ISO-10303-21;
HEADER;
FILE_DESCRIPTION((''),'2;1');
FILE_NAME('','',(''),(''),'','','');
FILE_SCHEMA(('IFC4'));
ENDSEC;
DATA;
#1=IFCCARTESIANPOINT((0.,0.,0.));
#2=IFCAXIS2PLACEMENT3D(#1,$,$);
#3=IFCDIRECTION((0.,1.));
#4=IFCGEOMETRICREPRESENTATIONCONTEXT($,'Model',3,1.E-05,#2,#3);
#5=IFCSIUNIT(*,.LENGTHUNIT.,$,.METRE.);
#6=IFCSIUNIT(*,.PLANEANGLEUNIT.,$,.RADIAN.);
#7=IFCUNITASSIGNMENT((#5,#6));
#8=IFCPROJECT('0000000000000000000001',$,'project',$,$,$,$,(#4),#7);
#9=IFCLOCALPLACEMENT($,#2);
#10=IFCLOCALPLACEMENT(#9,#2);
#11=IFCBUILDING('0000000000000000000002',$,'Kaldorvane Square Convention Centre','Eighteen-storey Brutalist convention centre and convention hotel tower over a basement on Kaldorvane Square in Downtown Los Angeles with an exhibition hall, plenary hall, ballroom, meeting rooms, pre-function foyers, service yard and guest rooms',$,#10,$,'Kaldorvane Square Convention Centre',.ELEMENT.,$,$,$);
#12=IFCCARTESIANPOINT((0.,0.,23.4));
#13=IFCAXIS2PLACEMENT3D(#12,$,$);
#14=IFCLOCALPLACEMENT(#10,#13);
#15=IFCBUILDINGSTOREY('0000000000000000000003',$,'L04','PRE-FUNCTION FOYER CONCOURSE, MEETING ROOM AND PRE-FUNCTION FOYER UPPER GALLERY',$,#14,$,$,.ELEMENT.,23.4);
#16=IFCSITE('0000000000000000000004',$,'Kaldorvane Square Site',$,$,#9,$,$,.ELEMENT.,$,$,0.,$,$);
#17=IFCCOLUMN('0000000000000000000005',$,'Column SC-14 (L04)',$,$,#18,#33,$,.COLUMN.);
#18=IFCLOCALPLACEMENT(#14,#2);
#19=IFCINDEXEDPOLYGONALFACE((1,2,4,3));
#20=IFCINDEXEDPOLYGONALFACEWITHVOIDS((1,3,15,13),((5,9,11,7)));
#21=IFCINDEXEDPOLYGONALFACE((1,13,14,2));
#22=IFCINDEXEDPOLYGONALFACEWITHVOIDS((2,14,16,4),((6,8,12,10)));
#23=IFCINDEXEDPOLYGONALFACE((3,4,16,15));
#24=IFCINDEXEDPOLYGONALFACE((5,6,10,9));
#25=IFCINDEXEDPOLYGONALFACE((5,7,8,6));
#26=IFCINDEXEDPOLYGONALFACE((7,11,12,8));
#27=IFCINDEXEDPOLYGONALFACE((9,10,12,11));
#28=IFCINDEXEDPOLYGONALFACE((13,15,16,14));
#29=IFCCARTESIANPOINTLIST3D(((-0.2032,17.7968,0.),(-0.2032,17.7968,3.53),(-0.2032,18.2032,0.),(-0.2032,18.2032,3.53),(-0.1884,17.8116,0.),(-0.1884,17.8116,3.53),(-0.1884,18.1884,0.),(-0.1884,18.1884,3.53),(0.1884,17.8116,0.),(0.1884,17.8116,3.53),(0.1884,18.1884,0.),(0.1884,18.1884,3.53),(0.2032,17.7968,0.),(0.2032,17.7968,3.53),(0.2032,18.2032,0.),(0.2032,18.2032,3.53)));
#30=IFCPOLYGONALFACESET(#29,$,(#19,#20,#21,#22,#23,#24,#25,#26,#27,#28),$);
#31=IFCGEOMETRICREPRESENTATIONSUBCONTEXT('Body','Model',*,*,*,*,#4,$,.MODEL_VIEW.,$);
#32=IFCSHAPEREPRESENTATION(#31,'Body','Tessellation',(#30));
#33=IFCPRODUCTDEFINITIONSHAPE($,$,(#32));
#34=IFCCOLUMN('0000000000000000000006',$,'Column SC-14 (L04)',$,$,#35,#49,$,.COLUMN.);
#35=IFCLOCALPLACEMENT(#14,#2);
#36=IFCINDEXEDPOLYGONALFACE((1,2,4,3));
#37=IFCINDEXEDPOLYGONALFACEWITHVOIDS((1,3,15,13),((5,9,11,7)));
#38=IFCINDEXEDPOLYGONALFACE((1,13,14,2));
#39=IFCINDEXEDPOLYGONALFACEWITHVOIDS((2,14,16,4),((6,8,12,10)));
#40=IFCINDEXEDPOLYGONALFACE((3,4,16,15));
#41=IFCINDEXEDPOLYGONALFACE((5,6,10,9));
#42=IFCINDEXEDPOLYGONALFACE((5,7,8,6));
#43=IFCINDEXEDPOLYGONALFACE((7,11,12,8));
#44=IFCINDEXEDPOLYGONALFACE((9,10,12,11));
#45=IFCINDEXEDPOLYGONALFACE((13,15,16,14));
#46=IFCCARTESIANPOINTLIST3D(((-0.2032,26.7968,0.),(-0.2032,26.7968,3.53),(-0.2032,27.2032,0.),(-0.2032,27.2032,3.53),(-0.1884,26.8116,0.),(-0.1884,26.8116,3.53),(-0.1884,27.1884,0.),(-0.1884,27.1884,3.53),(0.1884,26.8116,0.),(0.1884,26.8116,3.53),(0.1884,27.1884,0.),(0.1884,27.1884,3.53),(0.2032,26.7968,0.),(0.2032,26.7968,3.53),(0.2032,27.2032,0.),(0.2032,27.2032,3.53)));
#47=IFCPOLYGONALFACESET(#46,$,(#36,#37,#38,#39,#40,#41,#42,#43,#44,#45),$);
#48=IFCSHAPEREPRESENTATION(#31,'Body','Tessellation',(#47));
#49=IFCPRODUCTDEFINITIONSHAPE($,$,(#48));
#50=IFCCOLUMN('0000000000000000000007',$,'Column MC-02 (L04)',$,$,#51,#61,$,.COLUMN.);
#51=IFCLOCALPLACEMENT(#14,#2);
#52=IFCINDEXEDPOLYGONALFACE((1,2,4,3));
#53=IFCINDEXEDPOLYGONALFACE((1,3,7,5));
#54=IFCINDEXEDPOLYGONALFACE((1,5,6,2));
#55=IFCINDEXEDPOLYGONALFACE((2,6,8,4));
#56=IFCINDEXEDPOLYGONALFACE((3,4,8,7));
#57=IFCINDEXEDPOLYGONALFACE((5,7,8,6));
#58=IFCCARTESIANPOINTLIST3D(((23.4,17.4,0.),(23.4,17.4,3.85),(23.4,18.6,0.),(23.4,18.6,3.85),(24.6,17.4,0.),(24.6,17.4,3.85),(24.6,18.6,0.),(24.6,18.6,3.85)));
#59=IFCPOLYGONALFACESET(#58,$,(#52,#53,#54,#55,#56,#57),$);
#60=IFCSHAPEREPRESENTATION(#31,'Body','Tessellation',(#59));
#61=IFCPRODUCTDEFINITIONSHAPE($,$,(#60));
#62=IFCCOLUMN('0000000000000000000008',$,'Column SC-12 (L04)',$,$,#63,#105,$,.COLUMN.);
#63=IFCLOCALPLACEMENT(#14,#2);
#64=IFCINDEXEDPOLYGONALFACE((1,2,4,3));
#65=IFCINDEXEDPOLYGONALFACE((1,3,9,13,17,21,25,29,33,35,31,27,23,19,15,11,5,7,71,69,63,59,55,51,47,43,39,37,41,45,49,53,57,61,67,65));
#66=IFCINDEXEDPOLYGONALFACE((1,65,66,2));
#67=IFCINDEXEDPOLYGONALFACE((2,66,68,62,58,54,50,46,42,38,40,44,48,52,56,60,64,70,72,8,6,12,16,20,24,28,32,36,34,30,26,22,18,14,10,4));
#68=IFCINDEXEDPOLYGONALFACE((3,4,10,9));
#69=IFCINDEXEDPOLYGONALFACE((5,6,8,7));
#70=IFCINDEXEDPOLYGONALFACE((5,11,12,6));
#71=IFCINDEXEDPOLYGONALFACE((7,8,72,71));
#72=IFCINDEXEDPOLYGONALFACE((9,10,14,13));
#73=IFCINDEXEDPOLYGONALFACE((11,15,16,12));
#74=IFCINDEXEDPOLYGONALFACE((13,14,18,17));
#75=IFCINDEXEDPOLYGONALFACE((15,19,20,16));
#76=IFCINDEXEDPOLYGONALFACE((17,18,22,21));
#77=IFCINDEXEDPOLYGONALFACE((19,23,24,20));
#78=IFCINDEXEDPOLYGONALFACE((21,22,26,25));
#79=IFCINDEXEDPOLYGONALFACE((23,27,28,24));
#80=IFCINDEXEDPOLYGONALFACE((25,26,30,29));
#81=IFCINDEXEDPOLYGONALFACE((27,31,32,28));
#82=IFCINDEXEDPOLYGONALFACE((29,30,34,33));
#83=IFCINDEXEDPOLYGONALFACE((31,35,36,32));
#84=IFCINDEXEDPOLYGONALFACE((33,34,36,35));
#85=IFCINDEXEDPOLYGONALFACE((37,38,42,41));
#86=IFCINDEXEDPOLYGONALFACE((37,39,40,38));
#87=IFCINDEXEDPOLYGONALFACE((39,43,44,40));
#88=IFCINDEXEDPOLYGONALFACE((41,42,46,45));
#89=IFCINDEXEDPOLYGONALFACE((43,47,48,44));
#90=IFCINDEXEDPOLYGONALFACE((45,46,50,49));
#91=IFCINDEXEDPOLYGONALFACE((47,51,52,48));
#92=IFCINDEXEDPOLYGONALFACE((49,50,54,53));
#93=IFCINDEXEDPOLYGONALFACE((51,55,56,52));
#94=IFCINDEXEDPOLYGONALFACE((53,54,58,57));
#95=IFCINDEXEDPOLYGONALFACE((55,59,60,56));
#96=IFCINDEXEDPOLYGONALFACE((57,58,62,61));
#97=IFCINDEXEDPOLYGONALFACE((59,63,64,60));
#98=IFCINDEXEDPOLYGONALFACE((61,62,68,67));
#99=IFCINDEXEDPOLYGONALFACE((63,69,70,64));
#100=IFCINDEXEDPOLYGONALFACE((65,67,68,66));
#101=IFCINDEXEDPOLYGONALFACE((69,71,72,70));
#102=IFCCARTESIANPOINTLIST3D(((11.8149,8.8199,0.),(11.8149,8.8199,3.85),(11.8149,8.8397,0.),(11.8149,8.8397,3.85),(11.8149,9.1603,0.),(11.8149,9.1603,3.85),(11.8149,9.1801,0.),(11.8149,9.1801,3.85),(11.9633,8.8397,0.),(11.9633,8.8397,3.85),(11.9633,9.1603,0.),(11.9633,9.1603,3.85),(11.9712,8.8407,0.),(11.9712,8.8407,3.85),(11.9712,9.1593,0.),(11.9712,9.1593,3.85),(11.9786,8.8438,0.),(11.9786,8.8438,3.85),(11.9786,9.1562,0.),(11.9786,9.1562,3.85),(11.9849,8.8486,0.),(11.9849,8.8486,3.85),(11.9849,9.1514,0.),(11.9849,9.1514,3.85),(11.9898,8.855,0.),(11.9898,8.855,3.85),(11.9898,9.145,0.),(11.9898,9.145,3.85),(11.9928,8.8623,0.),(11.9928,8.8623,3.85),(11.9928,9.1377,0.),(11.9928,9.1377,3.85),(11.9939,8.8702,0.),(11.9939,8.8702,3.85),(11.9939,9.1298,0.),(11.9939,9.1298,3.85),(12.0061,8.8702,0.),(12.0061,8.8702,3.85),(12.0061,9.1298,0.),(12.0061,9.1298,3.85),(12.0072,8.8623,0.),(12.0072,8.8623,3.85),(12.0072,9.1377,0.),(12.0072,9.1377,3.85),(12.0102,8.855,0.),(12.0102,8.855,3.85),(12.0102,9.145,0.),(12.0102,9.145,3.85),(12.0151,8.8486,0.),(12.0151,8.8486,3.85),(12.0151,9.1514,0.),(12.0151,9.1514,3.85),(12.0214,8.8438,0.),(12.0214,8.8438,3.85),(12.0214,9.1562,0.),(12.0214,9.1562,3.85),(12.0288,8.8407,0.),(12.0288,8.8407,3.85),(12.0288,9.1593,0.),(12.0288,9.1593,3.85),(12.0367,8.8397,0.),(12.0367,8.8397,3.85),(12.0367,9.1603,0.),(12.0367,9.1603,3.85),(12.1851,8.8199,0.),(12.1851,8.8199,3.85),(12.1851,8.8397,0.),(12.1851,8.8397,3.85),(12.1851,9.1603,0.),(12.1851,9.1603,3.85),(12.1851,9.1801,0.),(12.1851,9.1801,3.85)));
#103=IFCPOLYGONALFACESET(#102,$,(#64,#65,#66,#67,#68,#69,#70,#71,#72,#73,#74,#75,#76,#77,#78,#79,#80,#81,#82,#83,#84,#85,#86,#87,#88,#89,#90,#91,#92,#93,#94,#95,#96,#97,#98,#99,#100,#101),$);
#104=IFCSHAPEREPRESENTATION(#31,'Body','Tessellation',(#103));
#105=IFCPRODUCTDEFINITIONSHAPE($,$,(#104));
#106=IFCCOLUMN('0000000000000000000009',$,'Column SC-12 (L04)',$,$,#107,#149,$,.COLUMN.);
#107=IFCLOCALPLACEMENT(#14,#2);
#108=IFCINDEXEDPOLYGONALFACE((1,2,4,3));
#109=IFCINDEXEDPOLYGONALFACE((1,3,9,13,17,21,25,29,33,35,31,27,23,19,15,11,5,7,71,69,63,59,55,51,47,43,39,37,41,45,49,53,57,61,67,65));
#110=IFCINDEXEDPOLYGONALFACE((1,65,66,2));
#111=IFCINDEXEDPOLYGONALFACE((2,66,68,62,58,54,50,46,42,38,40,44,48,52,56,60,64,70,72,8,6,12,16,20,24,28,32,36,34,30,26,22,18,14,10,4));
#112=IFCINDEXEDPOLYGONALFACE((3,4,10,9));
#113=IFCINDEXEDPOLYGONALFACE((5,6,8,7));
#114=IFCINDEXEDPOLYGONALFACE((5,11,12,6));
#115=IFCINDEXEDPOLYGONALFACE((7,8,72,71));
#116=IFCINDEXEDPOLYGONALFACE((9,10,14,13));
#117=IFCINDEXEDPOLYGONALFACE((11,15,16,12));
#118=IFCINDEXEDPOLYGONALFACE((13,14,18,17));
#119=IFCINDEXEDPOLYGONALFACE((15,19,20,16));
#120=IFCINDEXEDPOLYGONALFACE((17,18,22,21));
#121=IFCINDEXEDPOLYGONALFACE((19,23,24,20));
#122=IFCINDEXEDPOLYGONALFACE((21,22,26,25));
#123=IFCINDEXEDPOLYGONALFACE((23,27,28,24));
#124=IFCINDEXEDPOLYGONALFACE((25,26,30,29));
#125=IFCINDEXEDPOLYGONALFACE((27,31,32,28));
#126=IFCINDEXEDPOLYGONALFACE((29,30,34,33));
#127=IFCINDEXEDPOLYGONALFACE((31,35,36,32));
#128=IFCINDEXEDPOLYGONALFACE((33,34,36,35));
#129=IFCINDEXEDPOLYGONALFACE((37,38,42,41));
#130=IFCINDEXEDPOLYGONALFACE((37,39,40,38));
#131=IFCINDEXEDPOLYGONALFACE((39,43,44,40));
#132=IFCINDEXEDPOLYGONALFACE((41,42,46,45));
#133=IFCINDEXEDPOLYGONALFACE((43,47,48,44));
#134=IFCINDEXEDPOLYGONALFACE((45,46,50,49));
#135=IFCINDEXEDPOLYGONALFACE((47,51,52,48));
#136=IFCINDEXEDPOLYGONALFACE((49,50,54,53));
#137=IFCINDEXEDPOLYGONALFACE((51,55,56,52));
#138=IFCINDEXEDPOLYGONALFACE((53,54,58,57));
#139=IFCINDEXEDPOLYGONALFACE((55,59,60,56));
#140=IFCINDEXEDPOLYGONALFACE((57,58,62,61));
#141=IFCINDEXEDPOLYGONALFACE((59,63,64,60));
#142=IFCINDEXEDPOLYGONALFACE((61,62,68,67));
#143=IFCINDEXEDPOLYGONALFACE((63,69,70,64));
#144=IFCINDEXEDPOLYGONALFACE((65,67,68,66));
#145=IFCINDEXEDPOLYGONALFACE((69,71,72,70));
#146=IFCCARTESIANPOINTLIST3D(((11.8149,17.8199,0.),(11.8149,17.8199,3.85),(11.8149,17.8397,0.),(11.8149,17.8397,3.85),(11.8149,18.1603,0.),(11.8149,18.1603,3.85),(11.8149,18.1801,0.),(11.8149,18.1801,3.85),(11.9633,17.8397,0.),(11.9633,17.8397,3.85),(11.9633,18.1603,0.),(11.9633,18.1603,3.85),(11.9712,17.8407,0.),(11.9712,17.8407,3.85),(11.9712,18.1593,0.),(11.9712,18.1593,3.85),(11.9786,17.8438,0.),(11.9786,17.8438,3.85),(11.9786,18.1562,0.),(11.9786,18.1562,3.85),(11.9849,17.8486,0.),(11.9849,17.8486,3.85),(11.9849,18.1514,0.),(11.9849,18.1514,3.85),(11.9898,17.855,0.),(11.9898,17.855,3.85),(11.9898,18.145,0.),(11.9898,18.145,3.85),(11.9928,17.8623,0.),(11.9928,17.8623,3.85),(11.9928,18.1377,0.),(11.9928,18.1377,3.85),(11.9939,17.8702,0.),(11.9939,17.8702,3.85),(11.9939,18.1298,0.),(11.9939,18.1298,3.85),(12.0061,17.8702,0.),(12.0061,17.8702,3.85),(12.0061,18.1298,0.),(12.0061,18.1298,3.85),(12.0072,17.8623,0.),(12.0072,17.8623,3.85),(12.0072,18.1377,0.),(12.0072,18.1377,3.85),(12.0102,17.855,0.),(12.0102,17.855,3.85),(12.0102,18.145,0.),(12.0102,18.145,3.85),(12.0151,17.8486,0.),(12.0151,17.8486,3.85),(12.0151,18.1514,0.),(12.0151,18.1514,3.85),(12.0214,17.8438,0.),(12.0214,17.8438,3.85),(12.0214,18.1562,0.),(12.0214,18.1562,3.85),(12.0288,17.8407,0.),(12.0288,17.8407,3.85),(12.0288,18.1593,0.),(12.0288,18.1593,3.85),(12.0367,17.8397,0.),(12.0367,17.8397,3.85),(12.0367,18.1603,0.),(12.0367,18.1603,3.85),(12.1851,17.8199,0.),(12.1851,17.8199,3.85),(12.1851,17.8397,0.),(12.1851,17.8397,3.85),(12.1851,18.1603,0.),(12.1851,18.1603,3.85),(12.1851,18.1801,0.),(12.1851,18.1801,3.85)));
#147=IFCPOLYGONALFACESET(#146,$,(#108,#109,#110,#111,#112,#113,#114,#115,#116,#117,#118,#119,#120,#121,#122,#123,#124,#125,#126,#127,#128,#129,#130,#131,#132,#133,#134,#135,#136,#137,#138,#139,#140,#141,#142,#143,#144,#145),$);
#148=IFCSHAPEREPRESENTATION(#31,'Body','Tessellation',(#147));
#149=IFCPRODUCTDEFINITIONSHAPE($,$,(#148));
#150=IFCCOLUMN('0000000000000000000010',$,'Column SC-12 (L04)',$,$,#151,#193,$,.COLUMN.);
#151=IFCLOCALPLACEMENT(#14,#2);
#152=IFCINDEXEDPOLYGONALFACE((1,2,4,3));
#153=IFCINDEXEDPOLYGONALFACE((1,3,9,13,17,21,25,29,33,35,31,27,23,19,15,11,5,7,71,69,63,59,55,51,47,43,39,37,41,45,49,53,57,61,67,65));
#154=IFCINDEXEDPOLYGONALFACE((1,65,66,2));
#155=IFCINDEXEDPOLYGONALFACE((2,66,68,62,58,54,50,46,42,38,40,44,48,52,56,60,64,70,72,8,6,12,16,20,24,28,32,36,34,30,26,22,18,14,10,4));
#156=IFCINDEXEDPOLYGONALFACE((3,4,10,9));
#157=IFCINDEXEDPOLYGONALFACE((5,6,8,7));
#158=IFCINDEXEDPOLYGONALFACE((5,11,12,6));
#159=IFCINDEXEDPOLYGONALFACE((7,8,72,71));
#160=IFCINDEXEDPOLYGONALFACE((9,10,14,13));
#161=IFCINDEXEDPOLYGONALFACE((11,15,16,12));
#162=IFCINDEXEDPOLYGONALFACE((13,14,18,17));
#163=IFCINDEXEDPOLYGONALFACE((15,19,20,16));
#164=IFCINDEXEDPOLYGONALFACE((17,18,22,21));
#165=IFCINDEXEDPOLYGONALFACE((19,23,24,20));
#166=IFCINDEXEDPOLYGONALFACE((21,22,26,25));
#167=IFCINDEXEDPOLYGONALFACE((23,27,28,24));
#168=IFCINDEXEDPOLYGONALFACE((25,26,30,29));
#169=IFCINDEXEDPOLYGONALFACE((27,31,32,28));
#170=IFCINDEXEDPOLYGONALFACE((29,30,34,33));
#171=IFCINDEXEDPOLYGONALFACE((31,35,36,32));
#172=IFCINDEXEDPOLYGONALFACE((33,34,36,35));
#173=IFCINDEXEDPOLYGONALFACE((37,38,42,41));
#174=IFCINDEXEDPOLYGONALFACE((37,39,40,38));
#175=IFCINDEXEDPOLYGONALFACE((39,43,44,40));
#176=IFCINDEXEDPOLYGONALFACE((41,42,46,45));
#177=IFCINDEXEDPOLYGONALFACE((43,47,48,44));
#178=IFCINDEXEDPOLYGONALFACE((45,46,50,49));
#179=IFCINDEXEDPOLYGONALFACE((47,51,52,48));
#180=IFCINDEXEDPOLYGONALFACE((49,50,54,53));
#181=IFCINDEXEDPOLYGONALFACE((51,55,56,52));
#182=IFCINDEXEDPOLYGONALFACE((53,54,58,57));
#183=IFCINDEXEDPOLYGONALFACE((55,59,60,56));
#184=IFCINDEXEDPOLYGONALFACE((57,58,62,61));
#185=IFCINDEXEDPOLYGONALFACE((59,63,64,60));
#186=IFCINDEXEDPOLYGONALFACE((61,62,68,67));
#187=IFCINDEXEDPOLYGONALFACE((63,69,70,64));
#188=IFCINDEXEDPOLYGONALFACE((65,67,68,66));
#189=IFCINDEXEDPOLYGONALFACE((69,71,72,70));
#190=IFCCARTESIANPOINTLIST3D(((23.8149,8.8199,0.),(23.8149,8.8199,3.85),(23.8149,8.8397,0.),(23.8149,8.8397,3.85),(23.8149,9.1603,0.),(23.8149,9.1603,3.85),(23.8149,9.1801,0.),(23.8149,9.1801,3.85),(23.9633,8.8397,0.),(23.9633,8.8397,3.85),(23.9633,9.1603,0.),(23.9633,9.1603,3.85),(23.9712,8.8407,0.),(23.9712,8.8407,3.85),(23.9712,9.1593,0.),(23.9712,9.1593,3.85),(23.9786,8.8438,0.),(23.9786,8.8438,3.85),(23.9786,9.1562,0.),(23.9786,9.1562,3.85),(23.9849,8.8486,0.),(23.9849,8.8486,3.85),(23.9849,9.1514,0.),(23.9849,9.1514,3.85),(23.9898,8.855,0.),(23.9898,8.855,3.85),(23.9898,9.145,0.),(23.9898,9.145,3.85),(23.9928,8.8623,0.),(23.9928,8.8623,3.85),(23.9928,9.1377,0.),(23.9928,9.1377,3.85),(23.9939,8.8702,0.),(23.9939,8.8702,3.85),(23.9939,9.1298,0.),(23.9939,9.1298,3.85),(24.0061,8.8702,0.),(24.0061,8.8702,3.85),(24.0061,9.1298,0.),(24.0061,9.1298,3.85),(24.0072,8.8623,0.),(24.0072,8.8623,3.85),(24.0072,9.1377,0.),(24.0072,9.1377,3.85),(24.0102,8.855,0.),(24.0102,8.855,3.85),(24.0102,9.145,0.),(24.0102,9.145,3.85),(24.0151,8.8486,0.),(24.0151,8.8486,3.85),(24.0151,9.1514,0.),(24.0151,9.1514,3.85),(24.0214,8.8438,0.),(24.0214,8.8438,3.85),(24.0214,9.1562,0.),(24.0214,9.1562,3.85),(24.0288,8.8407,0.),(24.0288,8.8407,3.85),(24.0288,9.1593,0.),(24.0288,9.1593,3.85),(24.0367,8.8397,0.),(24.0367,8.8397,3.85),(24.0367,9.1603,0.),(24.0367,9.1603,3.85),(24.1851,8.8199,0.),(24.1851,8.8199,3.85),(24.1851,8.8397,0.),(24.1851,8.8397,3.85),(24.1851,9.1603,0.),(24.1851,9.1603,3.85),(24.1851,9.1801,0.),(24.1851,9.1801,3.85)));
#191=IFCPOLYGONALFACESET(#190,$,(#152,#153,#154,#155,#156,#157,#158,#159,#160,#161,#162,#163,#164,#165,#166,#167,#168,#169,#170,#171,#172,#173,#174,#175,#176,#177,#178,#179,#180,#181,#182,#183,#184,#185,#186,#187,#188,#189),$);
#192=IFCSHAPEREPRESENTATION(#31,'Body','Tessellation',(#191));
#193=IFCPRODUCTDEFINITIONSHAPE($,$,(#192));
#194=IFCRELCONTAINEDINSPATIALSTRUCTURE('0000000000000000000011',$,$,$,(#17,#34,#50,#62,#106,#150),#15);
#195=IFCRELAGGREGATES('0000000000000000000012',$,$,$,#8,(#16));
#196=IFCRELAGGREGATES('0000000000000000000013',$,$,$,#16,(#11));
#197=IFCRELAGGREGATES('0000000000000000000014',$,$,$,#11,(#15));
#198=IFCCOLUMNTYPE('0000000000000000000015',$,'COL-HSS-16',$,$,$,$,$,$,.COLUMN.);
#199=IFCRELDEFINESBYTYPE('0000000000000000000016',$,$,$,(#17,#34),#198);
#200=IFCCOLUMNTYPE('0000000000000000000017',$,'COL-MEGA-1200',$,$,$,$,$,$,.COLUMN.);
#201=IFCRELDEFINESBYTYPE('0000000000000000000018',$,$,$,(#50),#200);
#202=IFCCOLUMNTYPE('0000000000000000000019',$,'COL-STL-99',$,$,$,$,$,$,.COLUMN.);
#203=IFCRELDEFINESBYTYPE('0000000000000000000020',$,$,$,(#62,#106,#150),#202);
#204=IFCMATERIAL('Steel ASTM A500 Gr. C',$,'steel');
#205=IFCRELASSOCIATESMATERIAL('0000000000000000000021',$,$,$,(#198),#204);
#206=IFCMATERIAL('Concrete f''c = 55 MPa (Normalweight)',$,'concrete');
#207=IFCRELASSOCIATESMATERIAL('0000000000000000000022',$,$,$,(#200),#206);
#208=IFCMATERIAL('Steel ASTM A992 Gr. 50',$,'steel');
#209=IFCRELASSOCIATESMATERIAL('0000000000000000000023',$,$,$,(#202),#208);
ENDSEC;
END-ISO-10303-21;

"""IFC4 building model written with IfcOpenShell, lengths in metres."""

from ifc_helpers import new_model, si_unit, direction, frame, origin, origin_2d, place, context, subcontext, project, spatial, rectangle, hollow_rectangle, i_section, extrude, material, material_profile, profile_set, type_object, element, save


model = new_model("IFC4")

# Units and contexts
model_context = context("Model", 3, precision=1e-05, world=origin(), true_north=direction((0.0, 1.0)))
body_context = subcontext(model_context, "Body", "Model", "MODEL_VIEW")
ifc_project = project(units=[si_unit("LENGTHUNIT", "METRE"), si_unit("PLANEANGLEUNIT", "RADIAN")], contexts=[model_context])

# Site, building, storey
site_placement = place(None, origin())
site = spatial("IfcSite", under=ifc_project, at=site_placement, Name="Kaldorvane Square Site", CompositionType="ELEMENT", RefElevation=0.0)
building_placement = place(site_placement, origin())
building = spatial("IfcBuilding", under=site, at=building_placement, Name="Kaldorvane Square Convention Centre", Description="Eighteen-storey Brutalist convention centre and convention hotel tower over a basement on Kaldorvane Square in Downtown Los Angeles with an exhibition hall, plenary hall, ballroom, meeting rooms, pre-function foyers, service yard and guest rooms", LongName="Kaldorvane Square Convention Centre", CompositionType="ELEMENT")
storey_placement = place(building_placement, frame((0.0, 0.0, 23.4)))
storey = spatial("IfcBuildingStorey", under=building, at=storey_placement, Name="L04", Description="PRE-FUNCTION FOYER CONCOURSE, MEETING ROOM AND PRE-FUNCTION FOYER UPPER GALLERY", CompositionType="ELEMENT", Elevation=23.4)

# Columns
ifc_material_1 = material(Name="Steel ASTM A500 Gr. C", Category="steel")
ifc_material_profile_1 = material_profile(ifc_material_1, hollow_rectangle(XDim=0.4064, YDim=0.4064, WallThickness=0.0148, at=origin_2d()), Name="HSS16X16X5/8")
ifc_profile_set_1 = profile_set([ifc_material_profile_1], Name="Steel ASTM A500 Gr. C")
column_type_1 = type_object("IfcColumnType", Name="COL-HSS-16", PredefinedType="COLUMN", material=ifc_profile_set_1)
for number, where, z_axis, x_axis, name in (
    (1, (0.0, 18.0, 0.0), (0.0, 0.0, 1.0), (1.0, 0.0, 0.0), "Column SC-14 (L04)"),
    (2, (0.0, 27.0, 0.0), (0.0, 0.0, 1.0), (1.0, 0.0, 0.0), "Column SC-14 (L04)"),
):
    element("IfcColumn", number, at=place(storey_placement, frame(where, z_axis=z_axis, x_axis=x_axis)), inside=storey, type_object=column_type_1, Name=name, PredefinedType="COLUMN", context=body_context, shape_type="SweptSolid", body=[
        extrude(hollow_rectangle(XDim=0.4064, YDim=0.4064, WallThickness=0.0148, at=origin_2d()), origin(), (0.0, 0.0, 1.0), 3.53),
    ])
ifc_material_2 = material(Name="Concrete f'c = 55 MPa (Normalweight)", Category="concrete")
ifc_material_profile_2 = material_profile(ifc_material_2, rectangle(XDim=1.2, YDim=1.2, at=origin_2d()), Name="RC1200X1200")
ifc_profile_set_2 = profile_set([ifc_material_profile_2], Name="Concrete f'c = 55 MPa (Normalweight)")
column_type_2 = type_object("IfcColumnType", Name="COL-MEGA-1200", PredefinedType="COLUMN", material=ifc_profile_set_2)
column_placement = place(storey_placement, frame((24.0, 18.0, 0.0), z_axis=(0.0, 0.0, 1.0), x_axis=(1.0, 0.0, 0.0)))
element("IfcColumn", 3, at=column_placement, inside=storey, type_object=column_type_2, Name="Column MC-02 (L04)", PredefinedType="COLUMN", context=body_context, shape_type="SweptSolid", body=[
    extrude(rectangle(XDim=1.2, YDim=1.2, at=origin_2d()), origin(), (0.0, 0.0, 1.0), 3.85),
])
ifc_material_3 = material(Name="Steel ASTM A992 Gr. 50", Category="steel")
ifc_material_profile_3 = material_profile(ifc_material_3, i_section(OverallWidth=0.3701, OverallDepth=0.3602, WebThickness=0.0123, FlangeThickness=0.0198, FilletRadius=0.0305, at=origin_2d()), Name="W14X99")
ifc_profile_set_3 = profile_set([ifc_material_profile_3], Name="Steel ASTM A992 Gr. 50")
column_type_3 = type_object("IfcColumnType", Name="COL-STL-99", PredefinedType="COLUMN", material=ifc_profile_set_3)
for number, where, z_axis, x_axis, name in (
    (4, (12.0, 9.0, 0.0), (0.0, 0.0, 1.0), (1.0, 0.0, 0.0), "Column SC-12 (L04)"),
    (5, (12.0, 18.0, 0.0), (0.0, 0.0, 1.0), (1.0, 0.0, 0.0), "Column SC-12 (L04)"),
    (6, (24.0, 9.0, 0.0), (0.0, 0.0, 1.0), (1.0, 0.0, 0.0), "Column SC-12 (L04)"),
):
    element("IfcColumn", number, at=place(storey_placement, frame(where, z_axis=z_axis, x_axis=x_axis)), inside=storey, type_object=column_type_3, Name=name, PredefinedType="COLUMN", context=body_context, shape_type="SweptSolid", body=[
        extrude(i_section(OverallWidth=0.3701, OverallDepth=0.3602, WebThickness=0.0123, FlangeThickness=0.0198, FilletRadius=0.0305, at=origin_2d()), origin(), (0.0, 0.0, 1.0), 3.85),
    ])

save(model, "model.ifc")
